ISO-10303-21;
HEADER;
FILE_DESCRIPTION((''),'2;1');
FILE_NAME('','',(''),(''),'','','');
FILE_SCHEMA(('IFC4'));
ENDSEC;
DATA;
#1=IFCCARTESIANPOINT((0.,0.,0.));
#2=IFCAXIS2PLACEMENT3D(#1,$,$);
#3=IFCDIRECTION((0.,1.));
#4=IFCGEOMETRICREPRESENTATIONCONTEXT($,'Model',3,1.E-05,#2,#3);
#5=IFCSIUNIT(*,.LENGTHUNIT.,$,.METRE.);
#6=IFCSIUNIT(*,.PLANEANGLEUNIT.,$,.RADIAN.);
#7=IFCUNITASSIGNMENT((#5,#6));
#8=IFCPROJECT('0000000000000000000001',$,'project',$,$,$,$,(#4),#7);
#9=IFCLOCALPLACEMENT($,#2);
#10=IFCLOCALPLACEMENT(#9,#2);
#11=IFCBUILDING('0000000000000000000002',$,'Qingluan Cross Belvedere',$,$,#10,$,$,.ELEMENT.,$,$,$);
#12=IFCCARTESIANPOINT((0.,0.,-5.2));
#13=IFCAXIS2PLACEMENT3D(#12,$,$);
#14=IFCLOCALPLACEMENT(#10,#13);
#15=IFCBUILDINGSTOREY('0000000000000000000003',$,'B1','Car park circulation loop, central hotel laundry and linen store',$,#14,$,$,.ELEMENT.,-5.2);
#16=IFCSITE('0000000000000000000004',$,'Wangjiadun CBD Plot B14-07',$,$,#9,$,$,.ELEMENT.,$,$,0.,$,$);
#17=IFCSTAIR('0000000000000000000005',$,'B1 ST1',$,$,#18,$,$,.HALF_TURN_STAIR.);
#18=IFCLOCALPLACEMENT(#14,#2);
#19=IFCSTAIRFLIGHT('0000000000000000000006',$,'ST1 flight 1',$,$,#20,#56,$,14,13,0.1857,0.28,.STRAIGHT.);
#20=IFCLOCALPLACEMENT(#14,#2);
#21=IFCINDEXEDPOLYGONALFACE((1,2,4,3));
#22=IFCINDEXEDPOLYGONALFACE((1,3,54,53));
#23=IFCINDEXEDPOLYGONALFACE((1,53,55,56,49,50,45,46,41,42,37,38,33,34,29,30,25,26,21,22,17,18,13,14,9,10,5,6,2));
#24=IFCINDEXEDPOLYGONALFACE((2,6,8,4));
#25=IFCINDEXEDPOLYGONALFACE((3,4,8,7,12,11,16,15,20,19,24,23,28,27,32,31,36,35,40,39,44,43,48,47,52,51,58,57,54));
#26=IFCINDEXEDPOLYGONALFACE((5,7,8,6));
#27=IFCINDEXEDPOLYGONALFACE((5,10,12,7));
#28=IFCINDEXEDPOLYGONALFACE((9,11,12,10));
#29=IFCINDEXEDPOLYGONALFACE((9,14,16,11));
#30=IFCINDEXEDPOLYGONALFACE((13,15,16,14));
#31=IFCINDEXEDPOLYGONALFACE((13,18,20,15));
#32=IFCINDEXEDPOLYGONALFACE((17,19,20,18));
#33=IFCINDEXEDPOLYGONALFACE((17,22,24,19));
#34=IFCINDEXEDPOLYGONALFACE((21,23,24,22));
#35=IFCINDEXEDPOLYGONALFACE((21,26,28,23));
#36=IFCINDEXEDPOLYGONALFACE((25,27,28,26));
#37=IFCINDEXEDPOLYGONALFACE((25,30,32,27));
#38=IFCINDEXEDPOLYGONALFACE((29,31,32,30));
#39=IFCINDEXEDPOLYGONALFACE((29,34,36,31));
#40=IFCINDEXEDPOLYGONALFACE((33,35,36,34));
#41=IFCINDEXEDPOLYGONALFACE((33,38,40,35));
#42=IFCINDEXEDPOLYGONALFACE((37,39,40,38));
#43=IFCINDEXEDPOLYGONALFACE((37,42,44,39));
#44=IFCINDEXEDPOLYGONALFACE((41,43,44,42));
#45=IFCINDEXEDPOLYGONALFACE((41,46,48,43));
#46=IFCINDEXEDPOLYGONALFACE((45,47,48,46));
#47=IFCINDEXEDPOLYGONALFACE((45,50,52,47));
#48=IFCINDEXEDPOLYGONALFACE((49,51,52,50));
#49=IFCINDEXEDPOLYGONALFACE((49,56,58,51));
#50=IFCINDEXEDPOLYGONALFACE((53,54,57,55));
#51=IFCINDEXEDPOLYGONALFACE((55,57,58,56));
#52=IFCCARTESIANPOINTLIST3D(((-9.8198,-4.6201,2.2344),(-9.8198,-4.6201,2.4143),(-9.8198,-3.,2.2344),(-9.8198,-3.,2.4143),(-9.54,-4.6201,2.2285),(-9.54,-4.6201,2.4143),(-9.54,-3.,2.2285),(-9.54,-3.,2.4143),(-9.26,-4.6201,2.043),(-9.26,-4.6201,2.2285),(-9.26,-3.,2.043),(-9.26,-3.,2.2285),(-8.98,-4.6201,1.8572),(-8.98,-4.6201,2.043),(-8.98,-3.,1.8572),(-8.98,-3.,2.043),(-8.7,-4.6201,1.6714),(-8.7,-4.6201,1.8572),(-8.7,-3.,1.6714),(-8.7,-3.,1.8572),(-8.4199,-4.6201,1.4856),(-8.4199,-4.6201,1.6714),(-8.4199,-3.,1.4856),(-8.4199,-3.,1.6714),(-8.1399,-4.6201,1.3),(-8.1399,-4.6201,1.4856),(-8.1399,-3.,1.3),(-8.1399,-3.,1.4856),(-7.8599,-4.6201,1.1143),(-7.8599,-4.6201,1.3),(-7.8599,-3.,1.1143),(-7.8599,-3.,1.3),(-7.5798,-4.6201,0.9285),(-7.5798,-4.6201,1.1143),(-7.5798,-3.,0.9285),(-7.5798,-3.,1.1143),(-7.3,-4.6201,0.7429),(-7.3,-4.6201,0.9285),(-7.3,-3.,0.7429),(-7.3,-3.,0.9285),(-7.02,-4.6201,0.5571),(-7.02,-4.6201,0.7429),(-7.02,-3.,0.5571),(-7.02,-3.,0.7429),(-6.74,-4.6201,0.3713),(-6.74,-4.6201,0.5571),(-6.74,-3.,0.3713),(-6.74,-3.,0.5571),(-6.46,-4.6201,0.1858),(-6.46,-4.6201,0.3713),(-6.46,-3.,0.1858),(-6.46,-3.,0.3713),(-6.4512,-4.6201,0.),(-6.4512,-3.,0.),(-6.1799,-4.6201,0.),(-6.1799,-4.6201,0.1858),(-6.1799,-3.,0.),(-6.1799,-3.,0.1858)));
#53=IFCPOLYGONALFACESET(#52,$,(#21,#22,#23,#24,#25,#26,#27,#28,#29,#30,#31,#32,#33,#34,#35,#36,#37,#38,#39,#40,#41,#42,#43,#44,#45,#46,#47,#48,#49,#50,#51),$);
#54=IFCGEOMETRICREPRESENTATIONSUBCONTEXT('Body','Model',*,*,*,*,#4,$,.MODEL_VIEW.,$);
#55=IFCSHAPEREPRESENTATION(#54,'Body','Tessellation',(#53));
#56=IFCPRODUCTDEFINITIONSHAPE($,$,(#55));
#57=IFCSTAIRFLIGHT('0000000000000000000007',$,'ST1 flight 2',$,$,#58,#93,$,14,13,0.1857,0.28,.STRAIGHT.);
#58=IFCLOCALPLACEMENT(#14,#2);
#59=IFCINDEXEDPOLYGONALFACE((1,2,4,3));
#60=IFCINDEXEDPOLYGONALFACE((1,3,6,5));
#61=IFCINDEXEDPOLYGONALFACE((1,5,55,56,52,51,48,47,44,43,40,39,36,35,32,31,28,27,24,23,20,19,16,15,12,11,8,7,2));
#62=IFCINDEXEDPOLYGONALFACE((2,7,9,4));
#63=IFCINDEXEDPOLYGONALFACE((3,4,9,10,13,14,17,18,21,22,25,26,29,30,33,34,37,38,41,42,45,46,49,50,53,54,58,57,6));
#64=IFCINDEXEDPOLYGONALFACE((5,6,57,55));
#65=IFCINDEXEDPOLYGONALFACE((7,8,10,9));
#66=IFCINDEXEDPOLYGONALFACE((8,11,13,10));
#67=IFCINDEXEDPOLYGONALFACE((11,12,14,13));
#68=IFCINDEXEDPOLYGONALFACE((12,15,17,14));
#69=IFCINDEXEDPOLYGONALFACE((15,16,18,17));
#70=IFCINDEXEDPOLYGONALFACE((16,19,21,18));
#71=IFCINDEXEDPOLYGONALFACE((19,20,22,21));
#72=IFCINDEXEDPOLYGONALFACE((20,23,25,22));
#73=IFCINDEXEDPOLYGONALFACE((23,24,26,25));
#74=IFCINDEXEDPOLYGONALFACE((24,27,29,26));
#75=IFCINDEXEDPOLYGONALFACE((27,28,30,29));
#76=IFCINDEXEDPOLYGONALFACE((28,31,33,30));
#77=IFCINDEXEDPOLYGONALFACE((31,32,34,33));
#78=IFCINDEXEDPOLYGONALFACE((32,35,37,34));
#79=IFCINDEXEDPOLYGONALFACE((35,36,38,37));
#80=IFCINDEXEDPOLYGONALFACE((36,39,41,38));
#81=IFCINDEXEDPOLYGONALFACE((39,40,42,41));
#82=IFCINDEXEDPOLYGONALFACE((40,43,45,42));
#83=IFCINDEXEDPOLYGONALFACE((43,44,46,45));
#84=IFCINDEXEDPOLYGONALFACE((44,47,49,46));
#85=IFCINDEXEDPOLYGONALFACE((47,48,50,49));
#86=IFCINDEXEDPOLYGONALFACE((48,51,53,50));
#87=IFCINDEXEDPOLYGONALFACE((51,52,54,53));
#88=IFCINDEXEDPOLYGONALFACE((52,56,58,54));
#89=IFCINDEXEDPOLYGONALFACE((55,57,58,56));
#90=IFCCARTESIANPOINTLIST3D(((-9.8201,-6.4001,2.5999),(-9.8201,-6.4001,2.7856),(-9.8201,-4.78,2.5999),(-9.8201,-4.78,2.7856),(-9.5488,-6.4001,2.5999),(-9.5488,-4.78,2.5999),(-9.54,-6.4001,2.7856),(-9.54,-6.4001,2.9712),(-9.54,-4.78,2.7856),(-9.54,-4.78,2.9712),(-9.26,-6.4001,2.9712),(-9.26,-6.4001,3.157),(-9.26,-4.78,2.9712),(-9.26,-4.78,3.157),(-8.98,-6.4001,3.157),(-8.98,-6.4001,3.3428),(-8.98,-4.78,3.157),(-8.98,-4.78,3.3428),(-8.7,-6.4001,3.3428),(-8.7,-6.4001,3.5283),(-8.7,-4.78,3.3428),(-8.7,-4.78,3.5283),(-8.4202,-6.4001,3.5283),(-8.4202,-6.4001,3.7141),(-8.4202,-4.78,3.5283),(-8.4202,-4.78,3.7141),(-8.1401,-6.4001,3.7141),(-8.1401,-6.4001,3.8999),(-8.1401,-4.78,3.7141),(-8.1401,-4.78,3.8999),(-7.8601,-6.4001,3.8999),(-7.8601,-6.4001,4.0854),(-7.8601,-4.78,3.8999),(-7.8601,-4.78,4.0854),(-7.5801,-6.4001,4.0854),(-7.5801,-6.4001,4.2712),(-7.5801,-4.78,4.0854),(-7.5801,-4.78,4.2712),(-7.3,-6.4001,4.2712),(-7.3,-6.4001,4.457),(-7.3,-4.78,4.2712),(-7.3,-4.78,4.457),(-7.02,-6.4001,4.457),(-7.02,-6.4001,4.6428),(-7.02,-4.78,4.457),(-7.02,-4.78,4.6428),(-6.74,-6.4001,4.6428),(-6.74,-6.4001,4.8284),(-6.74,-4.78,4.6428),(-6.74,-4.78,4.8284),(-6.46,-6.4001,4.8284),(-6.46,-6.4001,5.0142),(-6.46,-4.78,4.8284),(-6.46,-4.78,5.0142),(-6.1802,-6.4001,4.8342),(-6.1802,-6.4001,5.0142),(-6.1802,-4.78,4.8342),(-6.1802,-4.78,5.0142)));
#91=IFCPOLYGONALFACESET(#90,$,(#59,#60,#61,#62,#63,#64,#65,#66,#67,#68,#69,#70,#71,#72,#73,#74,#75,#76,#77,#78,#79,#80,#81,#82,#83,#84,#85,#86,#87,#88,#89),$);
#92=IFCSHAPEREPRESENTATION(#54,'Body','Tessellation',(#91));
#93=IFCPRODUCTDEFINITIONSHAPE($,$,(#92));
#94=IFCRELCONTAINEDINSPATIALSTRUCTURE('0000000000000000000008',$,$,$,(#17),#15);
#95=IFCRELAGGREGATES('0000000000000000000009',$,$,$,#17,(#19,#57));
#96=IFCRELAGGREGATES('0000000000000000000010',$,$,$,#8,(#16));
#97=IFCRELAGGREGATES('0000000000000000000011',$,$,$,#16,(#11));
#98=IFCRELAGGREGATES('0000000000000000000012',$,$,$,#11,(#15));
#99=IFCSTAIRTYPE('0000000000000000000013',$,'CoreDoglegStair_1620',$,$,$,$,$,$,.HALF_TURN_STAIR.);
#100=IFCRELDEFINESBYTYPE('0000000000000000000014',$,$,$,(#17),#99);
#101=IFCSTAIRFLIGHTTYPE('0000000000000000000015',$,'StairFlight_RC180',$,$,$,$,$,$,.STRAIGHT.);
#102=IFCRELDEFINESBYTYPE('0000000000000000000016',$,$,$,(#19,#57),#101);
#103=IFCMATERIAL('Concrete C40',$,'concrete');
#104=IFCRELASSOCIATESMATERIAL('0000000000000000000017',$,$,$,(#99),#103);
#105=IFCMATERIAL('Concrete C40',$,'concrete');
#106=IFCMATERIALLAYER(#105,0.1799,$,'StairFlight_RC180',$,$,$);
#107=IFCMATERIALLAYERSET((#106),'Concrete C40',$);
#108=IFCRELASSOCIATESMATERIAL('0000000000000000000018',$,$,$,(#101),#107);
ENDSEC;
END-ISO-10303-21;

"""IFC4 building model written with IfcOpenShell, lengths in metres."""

from ifc_helpers import new_model, si_unit, direction, frame, origin, place, context, subcontext, project, spatial, polyline, outline, extrude, material, layer, layer_set, type_object, element, aggregate, save


model = new_model("IFC4")

# Units and contexts
model_context = context("Model", 3, precision=1e-05, world=origin(), true_north=direction((0.0, 1.0)))
body_context = subcontext(model_context, "Body", "Model", "MODEL_VIEW")
ifc_project = project(units=[si_unit("LENGTHUNIT", "METRE"), si_unit("PLANEANGLEUNIT", "RADIAN")], contexts=[model_context])

# Site, building, storey
site_placement = place(None, origin())
site = spatial("IfcSite", under=ifc_project, at=site_placement, Name="Wangjiadun CBD Plot B14-07", CompositionType="ELEMENT", RefElevation=0.0)
building_placement = place(site_placement, origin())
building = spatial("IfcBuilding", under=site, at=building_placement, Name="Qingluan Cross Belvedere", CompositionType="ELEMENT")
storey_placement = place(building_placement, frame((0.0, 0.0, -5.2)))
storey = spatial("IfcBuildingStorey", under=building, at=storey_placement, Name="B1", Description="Car park circulation loop, central hotel laundry and linen store", CompositionType="ELEMENT", Elevation=-5.2)

# Stair, stair flights
ifc_material_1 = material(Name="Concrete C40", Category="concrete")
stair_type = type_object("IfcStairType", Name="CoreDoglegStair_1620", PredefinedType="HALF_TURN_STAIR", material=ifc_material_1)
stair_placement = place(storey_placement, origin())
stair = element("IfcStair", 1, at=stair_placement, inside=storey, type_object=stair_type, Name="B1 ST1", PredefinedType="HALF_TURN_STAIR")
ifc_material_2 = material(Name="Concrete C40", Category="concrete")
ifc_layer_1 = layer(ifc_material_2, 0.1799, Name="StairFlight_RC180")
ifc_layer_set_1 = layer_set([ifc_layer_1], Name="Concrete C40")
stair_flight_type = type_object("IfcStairFlightType", Name="StairFlight_RC180", PredefinedType="STRAIGHT", material=ifc_layer_set_1)
stair_flight_1_placement = place(storey_placement, frame((-6.1799, -3.8101, 0.0), z_axis=(0.0, 0.0, 1.0), x_axis=(-1.0, 0.0, 0.0)))
stair_flight_1 = element("IfcStairFlight", 2, at=stair_flight_1_placement, type_object=stair_flight_type, Name="ST1 flight 1", NumberOfRisers=14, NumberOfTreads=13, PredefinedType="STRAIGHT", RiserHeight=0.1857, TreadLength=0.28, context=body_context, shape_type="SweptSolid", body=[
    extrude(outline(polyline([(0.0, 0.0), (0.0, 0.1858), (0.28, 0.1858), (0.28, 0.3713), (0.5601, 0.3713), (0.5601, 0.5571), (0.8401, 0.5571), (0.8401, 0.7429), (1.1201, 0.7429), (1.1201, 0.9285), (1.3999, 0.9285), (1.3999, 1.1143), (1.6799, 1.1143), (1.6799, 1.3), (1.96, 1.3), (1.96, 1.4856), (2.24, 1.4856), (2.24, 1.6714), (2.52, 1.6714), (2.52, 1.8572), (2.8, 1.8572), (2.8, 2.043), (3.0801, 2.043), (3.0801, 2.2285), (3.3601, 2.2285), (3.3601, 2.4143), (3.6399, 2.4143), (3.6399, 2.6001), (3.6399, 2.2344), (0.2712, 0.0), (0.0, 0.0)])), frame((0.0, 0.8101, 0.0), z_axis=(0.0, -1.0, 0.0), x_axis=(1.0, 0.0, 0.0)), (0.0, 0.0, 1.0), 1.6201),
])
stair_flight_2_placement = place(storey_placement, frame((-9.8201, -5.5901, 2.5999), z_axis=(0.0, 0.0, 1.0), x_axis=(1.0, 0.0, 0.0)))
stair_flight_2 = element("IfcStairFlight", 3, at=stair_flight_2_placement, type_object=stair_flight_type, Name="ST1 flight 2", NumberOfRisers=14, NumberOfTreads=13, PredefinedType="STRAIGHT", RiserHeight=0.1857, TreadLength=0.28, context=body_context, shape_type="SweptSolid", body=[
    extrude(outline(polyline([(0.0, 0.0), (0.0, 0.1858), (0.28, 0.1858), (0.28, 0.3713), (0.5601, 0.3713), (0.5601, 0.5571), (0.8401, 0.5571), (0.8401, 0.7429), (1.1201, 0.7429), (1.1201, 0.9285), (1.3999, 0.9285), (1.3999, 1.1143), (1.6799, 1.1143), (1.6799, 1.3), (1.96, 1.3), (1.96, 1.4856), (2.24, 1.4856), (2.24, 1.6714), (2.52, 1.6714), (2.52, 1.8572), (2.8, 1.8572), (2.8, 2.043), (3.0801, 2.043), (3.0801, 2.2285), (3.3601, 2.2285), (3.3601, 2.4143), (3.6399, 2.4143), (3.6399, 2.6001), (3.6399, 2.2344), (0.2712, 0.0), (0.0, 0.0)])), frame((0.0, 0.8101, 0.0), z_axis=(0.0, -1.0, 0.0), x_axis=(1.0, 0.0, 0.0)), (0.0, 0.0, 1.0), 1.6201),
])
aggregate(stair, [stair_flight_1, stair_flight_2])

save(model, "model.ifc")
